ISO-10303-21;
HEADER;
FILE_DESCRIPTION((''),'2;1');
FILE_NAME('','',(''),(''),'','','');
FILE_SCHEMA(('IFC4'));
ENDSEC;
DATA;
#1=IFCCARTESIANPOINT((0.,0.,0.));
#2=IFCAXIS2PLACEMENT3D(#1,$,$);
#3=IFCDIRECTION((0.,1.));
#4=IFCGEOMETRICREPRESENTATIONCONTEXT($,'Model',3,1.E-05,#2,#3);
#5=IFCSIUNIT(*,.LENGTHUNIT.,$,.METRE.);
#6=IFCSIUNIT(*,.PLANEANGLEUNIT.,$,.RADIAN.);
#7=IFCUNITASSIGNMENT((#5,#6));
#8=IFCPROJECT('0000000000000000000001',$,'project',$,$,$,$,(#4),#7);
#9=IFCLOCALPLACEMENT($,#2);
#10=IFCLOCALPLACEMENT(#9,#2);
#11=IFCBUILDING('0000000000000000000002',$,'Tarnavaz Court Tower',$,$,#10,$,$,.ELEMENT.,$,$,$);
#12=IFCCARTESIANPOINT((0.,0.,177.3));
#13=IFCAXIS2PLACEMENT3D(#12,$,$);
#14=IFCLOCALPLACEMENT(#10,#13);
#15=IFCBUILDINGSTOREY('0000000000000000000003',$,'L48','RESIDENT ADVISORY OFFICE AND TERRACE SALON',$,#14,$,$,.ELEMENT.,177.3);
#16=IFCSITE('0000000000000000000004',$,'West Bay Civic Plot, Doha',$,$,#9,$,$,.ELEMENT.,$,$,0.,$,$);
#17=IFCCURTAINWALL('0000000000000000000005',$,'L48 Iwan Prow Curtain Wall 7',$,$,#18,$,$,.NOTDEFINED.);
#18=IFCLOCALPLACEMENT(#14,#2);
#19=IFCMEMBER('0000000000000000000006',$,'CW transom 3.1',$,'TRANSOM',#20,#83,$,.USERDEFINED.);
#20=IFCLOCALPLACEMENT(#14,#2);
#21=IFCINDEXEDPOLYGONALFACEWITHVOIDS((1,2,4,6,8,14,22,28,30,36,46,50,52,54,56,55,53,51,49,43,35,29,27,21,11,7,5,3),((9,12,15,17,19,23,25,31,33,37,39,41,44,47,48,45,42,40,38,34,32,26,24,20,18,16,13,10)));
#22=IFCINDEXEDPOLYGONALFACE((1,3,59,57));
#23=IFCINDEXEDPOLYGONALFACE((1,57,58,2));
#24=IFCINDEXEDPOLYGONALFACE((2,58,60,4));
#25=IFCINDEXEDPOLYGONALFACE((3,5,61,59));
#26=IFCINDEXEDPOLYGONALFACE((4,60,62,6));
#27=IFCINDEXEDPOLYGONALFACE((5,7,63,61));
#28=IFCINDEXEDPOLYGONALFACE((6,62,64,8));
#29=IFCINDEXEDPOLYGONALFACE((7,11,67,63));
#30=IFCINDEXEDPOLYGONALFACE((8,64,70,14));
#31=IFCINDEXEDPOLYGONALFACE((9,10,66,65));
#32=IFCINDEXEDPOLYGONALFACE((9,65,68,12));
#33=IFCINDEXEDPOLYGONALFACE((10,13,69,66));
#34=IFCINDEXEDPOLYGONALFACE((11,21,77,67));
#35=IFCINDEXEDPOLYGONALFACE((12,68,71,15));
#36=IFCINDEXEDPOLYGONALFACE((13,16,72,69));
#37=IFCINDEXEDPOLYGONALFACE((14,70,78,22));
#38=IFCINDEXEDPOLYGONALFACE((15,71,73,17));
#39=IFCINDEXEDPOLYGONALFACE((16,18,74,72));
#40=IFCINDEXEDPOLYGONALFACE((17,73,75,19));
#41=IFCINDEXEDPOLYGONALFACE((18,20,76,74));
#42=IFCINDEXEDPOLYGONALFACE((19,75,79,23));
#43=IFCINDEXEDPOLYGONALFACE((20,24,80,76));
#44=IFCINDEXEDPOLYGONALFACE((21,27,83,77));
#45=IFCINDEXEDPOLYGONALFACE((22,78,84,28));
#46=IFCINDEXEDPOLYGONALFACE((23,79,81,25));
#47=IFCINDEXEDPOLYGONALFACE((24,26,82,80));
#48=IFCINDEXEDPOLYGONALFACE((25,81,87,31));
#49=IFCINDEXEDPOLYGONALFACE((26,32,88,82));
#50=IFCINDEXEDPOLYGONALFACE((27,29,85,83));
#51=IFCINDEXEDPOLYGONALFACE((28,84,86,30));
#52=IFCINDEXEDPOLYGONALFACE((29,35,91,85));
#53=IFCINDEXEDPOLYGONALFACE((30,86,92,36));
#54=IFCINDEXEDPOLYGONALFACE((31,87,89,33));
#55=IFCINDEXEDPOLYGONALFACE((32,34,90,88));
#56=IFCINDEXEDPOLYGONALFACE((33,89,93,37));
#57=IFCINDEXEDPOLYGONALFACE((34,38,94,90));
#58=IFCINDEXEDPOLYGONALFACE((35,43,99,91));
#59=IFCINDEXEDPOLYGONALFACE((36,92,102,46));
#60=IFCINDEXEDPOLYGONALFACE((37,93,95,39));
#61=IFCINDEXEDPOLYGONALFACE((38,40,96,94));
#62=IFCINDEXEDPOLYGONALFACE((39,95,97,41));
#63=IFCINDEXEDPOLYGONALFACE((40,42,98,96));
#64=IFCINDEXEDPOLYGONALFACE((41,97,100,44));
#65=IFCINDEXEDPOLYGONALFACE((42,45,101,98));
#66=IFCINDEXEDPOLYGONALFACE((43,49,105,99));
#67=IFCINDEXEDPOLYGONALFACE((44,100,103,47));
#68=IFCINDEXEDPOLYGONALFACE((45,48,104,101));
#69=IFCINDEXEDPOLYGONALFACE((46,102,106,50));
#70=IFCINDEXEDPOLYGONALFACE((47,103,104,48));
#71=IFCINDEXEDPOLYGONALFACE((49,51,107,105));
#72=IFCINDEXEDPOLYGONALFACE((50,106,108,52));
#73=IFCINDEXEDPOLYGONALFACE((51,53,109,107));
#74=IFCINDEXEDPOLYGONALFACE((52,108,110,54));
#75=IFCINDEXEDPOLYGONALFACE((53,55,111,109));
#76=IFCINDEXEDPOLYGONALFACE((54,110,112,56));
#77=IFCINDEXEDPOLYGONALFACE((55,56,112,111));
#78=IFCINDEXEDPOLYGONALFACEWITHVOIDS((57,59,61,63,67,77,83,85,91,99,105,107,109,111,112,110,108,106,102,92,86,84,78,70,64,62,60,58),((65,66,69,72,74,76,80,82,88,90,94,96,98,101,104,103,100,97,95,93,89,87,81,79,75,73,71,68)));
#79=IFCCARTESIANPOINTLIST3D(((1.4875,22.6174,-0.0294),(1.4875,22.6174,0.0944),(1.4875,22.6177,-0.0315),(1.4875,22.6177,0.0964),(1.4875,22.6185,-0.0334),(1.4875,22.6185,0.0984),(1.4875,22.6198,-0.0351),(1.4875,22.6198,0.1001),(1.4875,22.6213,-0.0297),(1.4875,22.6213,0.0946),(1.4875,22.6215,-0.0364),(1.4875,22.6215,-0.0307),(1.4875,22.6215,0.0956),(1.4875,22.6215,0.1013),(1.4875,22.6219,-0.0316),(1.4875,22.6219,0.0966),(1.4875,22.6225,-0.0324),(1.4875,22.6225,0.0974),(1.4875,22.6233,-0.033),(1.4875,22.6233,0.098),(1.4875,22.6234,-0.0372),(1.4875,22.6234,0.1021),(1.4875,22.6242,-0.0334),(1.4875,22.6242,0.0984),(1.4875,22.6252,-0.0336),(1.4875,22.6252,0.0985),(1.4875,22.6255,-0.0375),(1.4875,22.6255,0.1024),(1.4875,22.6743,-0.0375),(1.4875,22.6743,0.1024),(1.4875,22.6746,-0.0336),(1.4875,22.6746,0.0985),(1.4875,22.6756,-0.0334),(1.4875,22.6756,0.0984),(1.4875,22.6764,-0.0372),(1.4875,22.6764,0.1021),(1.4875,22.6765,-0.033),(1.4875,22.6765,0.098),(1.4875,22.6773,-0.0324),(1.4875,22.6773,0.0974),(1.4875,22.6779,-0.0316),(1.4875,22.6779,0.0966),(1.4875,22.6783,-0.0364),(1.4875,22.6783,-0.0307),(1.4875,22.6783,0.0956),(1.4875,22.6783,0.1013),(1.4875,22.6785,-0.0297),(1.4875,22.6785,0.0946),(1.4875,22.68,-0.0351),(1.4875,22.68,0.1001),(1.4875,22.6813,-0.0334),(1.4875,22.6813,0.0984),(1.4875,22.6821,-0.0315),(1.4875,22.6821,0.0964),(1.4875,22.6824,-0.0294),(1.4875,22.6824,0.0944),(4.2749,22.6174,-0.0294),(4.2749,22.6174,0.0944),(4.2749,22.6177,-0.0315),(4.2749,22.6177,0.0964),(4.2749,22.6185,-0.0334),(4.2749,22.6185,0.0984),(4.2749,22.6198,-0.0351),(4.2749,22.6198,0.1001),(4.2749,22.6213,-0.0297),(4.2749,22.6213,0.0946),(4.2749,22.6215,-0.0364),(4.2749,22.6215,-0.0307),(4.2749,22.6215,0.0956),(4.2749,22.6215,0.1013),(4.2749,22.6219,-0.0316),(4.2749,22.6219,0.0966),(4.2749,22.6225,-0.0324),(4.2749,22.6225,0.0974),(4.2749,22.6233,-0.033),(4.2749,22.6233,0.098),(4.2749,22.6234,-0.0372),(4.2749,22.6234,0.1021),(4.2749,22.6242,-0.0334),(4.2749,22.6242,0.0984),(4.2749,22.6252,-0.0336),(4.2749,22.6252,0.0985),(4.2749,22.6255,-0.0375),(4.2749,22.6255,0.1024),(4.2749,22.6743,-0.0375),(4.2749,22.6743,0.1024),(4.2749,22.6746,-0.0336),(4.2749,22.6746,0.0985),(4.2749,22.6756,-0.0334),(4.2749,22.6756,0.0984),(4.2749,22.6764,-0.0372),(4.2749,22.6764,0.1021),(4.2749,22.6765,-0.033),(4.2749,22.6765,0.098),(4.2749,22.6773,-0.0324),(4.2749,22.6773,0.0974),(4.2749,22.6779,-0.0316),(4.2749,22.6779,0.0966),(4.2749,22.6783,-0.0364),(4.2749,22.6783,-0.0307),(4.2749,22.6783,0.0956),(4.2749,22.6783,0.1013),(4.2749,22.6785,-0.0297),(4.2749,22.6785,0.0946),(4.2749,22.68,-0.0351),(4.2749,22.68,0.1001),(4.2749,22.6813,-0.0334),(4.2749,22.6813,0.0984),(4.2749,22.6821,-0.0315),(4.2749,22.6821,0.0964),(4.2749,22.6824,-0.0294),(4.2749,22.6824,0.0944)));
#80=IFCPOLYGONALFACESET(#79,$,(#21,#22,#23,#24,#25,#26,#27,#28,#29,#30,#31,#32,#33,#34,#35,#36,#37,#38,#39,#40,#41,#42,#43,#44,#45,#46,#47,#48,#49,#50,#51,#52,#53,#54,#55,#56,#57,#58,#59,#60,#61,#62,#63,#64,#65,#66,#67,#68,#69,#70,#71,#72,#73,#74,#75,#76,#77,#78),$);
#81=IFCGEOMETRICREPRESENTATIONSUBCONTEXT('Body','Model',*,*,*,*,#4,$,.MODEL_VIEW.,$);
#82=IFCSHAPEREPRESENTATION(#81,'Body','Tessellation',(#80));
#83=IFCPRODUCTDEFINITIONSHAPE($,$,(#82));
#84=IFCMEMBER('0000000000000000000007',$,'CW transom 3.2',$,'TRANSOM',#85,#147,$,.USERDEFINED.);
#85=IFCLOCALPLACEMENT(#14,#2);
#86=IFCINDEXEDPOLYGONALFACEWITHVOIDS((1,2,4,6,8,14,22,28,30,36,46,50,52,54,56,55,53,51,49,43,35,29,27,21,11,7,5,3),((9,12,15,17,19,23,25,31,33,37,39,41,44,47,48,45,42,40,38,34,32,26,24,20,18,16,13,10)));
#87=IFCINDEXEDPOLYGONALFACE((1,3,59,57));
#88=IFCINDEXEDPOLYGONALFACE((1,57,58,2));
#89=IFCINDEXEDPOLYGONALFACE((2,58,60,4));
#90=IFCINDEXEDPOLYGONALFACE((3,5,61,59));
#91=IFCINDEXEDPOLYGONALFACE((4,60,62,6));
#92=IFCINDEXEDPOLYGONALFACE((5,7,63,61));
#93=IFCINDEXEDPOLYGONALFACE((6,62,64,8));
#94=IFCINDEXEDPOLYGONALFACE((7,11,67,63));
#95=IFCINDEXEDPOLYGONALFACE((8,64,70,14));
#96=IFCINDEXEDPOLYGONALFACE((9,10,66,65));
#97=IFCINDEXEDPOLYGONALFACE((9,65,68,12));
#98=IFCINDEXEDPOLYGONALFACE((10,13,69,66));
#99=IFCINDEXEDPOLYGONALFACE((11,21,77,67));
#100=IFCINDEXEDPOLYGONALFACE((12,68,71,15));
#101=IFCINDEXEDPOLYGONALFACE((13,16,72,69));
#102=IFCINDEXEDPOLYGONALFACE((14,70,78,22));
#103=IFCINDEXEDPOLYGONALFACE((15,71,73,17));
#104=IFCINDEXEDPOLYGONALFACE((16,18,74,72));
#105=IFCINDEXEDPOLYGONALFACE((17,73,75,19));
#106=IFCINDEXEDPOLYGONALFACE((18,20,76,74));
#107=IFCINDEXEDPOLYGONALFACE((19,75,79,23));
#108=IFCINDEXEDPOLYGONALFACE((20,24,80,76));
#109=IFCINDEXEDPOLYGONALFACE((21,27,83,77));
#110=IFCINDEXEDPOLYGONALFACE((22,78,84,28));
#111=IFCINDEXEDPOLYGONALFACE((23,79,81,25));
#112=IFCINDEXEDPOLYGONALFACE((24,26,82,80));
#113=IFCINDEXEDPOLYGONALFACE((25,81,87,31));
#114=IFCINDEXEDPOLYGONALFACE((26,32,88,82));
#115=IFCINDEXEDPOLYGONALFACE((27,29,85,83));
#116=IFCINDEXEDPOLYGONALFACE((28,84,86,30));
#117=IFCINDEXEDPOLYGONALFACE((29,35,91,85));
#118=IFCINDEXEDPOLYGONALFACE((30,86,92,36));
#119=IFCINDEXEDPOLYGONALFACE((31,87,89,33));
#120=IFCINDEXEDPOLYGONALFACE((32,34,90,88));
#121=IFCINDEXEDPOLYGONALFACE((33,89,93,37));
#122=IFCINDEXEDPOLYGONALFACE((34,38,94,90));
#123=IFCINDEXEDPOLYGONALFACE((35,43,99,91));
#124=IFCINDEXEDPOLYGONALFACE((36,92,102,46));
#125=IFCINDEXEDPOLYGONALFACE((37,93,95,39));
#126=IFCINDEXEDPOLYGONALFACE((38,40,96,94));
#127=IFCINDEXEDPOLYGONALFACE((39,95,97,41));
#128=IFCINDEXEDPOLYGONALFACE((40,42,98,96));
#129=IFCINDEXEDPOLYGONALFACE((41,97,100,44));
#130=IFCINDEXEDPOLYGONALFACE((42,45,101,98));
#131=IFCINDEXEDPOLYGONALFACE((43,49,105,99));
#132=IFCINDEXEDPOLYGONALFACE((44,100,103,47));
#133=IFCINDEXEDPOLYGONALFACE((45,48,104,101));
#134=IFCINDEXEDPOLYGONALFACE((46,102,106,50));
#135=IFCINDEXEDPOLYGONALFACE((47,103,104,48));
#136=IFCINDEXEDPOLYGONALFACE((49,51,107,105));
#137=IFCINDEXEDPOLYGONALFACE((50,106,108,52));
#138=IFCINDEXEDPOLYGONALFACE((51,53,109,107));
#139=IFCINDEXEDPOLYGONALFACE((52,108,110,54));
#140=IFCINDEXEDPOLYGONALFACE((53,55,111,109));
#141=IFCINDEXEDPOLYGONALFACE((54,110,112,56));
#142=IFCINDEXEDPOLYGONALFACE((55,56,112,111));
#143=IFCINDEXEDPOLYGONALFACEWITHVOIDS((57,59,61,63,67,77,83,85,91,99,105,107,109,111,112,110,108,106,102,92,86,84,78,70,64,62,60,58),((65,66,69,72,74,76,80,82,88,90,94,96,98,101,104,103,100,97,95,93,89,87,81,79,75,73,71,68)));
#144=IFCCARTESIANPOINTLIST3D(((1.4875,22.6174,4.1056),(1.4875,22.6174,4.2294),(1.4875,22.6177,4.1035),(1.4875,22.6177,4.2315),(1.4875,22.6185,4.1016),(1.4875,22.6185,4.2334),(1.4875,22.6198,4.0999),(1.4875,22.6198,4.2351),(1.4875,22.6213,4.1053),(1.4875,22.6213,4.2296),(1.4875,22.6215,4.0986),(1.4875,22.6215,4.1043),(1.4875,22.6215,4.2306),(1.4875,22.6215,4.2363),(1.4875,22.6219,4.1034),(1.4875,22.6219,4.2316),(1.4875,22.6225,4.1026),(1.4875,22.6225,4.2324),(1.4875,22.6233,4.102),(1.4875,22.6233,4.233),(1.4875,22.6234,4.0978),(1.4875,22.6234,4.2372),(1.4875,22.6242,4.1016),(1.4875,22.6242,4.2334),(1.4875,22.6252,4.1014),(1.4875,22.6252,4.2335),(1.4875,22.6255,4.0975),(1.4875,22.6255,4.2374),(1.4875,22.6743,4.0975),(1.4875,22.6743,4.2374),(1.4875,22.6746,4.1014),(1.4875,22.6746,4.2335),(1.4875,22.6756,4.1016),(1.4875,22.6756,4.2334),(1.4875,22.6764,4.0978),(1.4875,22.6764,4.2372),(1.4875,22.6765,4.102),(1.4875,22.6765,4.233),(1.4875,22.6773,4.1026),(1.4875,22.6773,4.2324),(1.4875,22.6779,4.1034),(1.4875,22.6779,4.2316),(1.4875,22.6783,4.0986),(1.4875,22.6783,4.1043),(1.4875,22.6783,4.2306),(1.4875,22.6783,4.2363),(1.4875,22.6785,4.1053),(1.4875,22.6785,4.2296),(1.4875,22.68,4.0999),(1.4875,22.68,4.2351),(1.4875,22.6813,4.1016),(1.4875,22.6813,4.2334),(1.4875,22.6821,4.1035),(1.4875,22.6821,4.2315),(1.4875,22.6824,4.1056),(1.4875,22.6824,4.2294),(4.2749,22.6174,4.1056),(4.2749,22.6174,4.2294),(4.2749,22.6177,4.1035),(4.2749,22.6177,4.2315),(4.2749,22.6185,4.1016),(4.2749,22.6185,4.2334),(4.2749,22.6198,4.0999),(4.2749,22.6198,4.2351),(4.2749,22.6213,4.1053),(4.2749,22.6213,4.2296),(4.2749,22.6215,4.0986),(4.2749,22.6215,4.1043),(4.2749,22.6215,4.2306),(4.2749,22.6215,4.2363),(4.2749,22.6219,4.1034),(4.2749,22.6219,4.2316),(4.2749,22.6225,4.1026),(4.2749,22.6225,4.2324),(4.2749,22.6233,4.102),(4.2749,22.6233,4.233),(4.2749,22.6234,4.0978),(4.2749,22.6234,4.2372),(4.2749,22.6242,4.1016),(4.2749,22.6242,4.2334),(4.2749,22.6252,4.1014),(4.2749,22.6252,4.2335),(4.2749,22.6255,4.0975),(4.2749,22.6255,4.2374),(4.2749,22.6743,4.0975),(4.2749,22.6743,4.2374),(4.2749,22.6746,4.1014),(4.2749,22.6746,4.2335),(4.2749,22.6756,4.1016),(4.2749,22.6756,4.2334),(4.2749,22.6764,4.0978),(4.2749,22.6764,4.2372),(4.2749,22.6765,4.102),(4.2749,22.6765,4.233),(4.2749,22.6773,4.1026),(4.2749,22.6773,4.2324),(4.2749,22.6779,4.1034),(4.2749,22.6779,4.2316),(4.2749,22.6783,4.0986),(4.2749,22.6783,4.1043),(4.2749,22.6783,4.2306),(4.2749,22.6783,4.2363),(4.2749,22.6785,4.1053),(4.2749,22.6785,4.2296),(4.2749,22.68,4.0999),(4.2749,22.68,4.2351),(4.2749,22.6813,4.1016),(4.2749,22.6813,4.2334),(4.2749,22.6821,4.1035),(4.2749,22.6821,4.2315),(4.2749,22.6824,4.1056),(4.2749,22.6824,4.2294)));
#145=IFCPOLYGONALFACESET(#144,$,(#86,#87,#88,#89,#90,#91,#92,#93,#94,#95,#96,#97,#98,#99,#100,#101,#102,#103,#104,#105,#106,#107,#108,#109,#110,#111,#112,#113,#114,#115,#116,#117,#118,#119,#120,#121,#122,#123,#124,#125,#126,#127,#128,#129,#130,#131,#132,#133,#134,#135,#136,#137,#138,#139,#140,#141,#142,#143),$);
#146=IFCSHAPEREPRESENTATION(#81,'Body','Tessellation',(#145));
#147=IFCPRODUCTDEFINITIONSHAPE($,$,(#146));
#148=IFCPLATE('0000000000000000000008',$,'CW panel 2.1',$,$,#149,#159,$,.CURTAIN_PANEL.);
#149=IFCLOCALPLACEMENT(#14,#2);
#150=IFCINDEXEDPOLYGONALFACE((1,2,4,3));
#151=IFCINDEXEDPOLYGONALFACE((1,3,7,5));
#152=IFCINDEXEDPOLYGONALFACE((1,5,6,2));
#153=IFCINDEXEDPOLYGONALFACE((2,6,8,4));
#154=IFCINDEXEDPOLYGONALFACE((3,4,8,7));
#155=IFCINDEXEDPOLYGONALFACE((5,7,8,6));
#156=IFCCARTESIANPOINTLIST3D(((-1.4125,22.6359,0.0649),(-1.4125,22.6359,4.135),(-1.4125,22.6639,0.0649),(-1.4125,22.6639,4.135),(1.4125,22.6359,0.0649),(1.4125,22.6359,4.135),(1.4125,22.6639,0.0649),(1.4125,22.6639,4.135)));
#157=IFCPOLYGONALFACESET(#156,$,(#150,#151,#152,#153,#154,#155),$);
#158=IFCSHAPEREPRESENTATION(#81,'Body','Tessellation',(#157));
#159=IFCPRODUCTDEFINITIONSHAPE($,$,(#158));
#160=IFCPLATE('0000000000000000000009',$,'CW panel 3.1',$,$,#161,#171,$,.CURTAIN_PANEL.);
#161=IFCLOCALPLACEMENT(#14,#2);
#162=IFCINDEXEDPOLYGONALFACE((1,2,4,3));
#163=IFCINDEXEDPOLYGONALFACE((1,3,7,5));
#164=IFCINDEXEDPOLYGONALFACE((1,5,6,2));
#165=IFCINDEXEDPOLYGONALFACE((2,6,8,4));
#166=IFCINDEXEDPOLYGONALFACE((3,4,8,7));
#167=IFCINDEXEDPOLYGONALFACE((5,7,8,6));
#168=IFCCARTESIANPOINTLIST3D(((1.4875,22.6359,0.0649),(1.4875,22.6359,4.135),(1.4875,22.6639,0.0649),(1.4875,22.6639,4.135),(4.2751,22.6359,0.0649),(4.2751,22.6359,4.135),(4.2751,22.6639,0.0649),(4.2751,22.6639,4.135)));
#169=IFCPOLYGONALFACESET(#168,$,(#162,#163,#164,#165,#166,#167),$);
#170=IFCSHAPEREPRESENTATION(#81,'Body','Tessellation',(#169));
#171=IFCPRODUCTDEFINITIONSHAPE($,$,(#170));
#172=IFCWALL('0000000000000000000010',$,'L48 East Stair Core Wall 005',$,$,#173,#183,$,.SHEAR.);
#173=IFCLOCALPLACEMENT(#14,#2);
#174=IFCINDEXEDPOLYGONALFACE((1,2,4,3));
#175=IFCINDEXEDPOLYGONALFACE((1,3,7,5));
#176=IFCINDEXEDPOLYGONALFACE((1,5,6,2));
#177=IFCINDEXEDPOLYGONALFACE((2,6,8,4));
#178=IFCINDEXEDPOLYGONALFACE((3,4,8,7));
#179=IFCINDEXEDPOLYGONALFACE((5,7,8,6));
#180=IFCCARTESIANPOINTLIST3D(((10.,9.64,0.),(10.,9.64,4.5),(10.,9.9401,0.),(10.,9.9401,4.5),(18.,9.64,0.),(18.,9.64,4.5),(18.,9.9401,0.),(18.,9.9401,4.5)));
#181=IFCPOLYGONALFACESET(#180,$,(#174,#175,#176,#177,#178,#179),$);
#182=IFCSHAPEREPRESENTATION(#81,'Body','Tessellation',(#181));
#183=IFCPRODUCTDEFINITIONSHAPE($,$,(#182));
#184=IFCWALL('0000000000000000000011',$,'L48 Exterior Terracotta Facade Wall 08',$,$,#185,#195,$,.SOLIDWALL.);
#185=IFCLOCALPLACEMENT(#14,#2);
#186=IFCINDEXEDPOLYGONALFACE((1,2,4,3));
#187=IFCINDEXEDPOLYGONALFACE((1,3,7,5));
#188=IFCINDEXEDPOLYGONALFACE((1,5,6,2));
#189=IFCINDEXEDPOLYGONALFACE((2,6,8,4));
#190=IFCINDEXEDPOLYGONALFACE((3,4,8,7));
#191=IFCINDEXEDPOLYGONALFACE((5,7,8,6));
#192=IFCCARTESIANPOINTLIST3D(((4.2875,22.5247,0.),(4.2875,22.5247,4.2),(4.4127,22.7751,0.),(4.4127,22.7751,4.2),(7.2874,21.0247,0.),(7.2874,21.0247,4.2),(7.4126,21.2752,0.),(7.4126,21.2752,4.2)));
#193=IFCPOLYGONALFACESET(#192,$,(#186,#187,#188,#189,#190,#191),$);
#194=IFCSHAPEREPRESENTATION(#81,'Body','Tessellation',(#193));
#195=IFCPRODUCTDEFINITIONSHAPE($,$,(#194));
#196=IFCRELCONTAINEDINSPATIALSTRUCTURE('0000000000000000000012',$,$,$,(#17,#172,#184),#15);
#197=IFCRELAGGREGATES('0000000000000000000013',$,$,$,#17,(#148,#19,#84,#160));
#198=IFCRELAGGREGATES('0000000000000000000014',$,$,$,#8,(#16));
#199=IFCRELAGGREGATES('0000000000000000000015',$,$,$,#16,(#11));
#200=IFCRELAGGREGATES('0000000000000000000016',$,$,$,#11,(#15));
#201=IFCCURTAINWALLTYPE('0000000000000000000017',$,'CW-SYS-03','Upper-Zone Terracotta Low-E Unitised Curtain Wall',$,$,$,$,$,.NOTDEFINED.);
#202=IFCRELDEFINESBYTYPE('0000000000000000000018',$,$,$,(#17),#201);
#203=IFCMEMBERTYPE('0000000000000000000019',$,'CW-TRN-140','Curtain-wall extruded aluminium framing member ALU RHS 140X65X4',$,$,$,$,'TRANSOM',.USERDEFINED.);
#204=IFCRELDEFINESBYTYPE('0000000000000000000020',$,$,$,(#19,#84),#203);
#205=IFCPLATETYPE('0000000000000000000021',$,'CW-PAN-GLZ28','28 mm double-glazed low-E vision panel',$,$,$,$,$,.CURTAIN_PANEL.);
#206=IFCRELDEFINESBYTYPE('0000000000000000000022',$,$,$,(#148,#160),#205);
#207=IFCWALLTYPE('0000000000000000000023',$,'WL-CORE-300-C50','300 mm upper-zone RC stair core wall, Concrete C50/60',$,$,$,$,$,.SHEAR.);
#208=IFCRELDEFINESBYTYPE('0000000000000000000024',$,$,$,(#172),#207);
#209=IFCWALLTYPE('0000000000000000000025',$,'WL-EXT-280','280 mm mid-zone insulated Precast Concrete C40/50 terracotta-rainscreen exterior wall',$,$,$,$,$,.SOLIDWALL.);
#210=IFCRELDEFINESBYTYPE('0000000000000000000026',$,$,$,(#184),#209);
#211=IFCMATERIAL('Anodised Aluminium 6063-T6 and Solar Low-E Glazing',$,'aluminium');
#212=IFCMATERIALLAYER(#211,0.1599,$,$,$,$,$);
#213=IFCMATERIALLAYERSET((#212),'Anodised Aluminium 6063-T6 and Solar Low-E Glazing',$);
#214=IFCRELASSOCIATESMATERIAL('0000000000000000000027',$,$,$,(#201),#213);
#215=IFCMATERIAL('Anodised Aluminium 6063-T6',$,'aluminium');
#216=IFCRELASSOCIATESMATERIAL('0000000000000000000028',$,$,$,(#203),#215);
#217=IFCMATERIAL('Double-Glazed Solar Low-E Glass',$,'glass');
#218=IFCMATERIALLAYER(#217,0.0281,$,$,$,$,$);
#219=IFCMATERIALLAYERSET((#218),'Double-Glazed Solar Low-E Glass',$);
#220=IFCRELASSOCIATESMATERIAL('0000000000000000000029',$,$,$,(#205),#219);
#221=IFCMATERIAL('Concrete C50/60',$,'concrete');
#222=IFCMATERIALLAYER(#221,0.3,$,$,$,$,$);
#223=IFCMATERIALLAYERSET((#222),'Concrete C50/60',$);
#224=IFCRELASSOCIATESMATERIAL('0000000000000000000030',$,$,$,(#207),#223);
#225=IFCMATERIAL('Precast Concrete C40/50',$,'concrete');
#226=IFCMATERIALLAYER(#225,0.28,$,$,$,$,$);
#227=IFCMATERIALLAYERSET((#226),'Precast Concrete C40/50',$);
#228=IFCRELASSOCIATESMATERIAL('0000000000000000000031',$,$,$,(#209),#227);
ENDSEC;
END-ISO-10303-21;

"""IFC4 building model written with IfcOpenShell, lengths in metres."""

from ifc_helpers import new_model, si_unit, direction, frame, frame_2d, origin, origin_2d, place, context, subcontext, project, spatial, rectangle, hollow_rectangle, extrude, material, layer, layer_set, material_profile, profile_set, type_object, element, aggregate, save


model = new_model("IFC4")

# Units and contexts
model_context = context("Model", 3, precision=1e-05, world=origin(), true_north=direction((0.0, 1.0)))
body_context = subcontext(model_context, "Body", "Model", "MODEL_VIEW")
ifc_project = project(units=[si_unit("LENGTHUNIT", "METRE"), si_unit("PLANEANGLEUNIT", "RADIAN")], contexts=[model_context])

# Site, building, storey
site_placement = place(None, origin())
site = spatial("IfcSite", under=ifc_project, at=site_placement, Name="West Bay Civic Plot, Doha", CompositionType="ELEMENT", RefElevation=0.0)
building_placement = place(site_placement, origin())
building = spatial("IfcBuilding", under=site, at=building_placement, Name="Tarnavaz Court Tower", CompositionType="ELEMENT")
storey_placement = place(building_placement, frame((0.0, 0.0, 177.3)))
storey = spatial("IfcBuildingStorey", under=building, at=storey_placement, Name="L48", Description="RESIDENT ADVISORY OFFICE AND TERRACE SALON", CompositionType="ELEMENT", Elevation=177.3)

# Curtain wall, members, plates
ifc_material_1 = material(Name="Anodised Aluminium 6063-T6 and Solar Low-E Glazing", Category="aluminium")
ifc_layer_1 = layer(ifc_material_1, 0.1599)
ifc_layer_set_1 = layer_set([ifc_layer_1], Name="Anodised Aluminium 6063-T6 and Solar Low-E Glazing")
curtain_wall_type = type_object("IfcCurtainWallType", Name="CW-SYS-03", Description="Upper-Zone Terracotta Low-E Unitised Curtain Wall", PredefinedType="NOTDEFINED", material=ifc_layer_set_1)
curtain_wall_placement = place(storey_placement, origin())
curtain_wall = element("IfcCurtainWall", 1, at=curtain_wall_placement, inside=storey, type_object=curtain_wall_type, Name="L48 Iwan Prow Curtain Wall 7", PredefinedType="NOTDEFINED")
ifc_material_2 = material(Name="Anodised Aluminium 6063-T6", Category="aluminium")
ifc_material_profile_1 = material_profile(ifc_material_2, hollow_rectangle(XDim=0.0649, YDim=0.1399, WallThickness=0.0039, InnerFilletRadius=0.0039, OuterFilletRadius=0.0081, at=origin_2d()), Name="ALU RHS 140X65X4")
ifc_profile_set_1 = profile_set([ifc_material_profile_1], Name="Anodised Aluminium 6063-T6")
member_type_1 = type_object("IfcMemberType", Name="CW-TRN-140", Description="Curtain-wall extruded aluminium framing member ALU RHS 140X65X4", ElementType="TRANSOM", PredefinedType="USERDEFINED", material=ifc_profile_set_1)
member_1_placement = place(storey_placement, frame((1.4875, 22.6499, 0.0325), z_axis=(1.0, 0.0, 0.0), x_axis=(0.0, 1.0, 0.0)))
member_1 = element("IfcMember", 2, at=member_1_placement, type_object=member_type_1, Name="CW transom 3.1", ObjectType="TRANSOM", PredefinedType="USERDEFINED", context=body_context, shape_type="SweptSolid", body=[
    extrude(hollow_rectangle(XDim=0.0649, YDim=0.1399, WallThickness=0.0039, InnerFilletRadius=0.0039, OuterFilletRadius=0.0081, at=origin_2d()), origin(), (0.0, 0.0, 1.0), 2.7874),
])
member_2_placement = place(storey_placement, frame((1.4875, 22.6499, 4.1675), z_axis=(1.0, 0.0, 0.0), x_axis=(0.0, 1.0, 0.0)))
member_2 = element("IfcMember", 3, at=member_2_placement, type_object=member_type_1, Name="CW transom 3.2", ObjectType="TRANSOM", PredefinedType="USERDEFINED", context=body_context, shape_type="SweptSolid", body=[
    extrude(hollow_rectangle(XDim=0.0649, YDim=0.1399, WallThickness=0.0039, InnerFilletRadius=0.0039, OuterFilletRadius=0.0081, at=origin_2d()), origin(), (0.0, 0.0, 1.0), 2.7874),
])
ifc_material_3 = material(Name="Double-Glazed Solar Low-E Glass", Category="glass")
ifc_layer_2 = layer(ifc_material_3, 0.0281)
ifc_layer_set_2 = layer_set([ifc_layer_2], Name="Double-Glazed Solar Low-E Glass")
plate_type = type_object("IfcPlateType", Name="CW-PAN-GLZ28", Description="28 mm double-glazed low-E vision panel", PredefinedType="CURTAIN_PANEL", material=ifc_layer_set_2)
plate_1_placement = place(storey_placement, frame((0.0, 22.6499, 0.0649), z_axis=(0.0, 0.0, 1.0), x_axis=(1.0, 0.0, 0.0)))
plate_1 = element("IfcPlate", 4, at=plate_1_placement, type_object=plate_type, Name="CW panel 2.1", PredefinedType="CURTAIN_PANEL", context=body_context, shape_type="SweptSolid", body=[
    extrude(rectangle(XDim=2.825, YDim=0.0281, at=origin_2d()), origin(), (0.0, 0.0, 1.0), 4.0701),
])
plate_2_placement = place(storey_placement, frame((2.8813, 22.6499, 0.0649), z_axis=(0.0, 0.0, 1.0), x_axis=(1.0, 0.0, 0.0)))
plate_2 = element("IfcPlate", 5, at=plate_2_placement, type_object=plate_type, Name="CW panel 3.1", PredefinedType="CURTAIN_PANEL", context=body_context, shape_type="SweptSolid", body=[
    extrude(rectangle(XDim=2.7876, YDim=0.0281, at=origin_2d()), origin(), (0.0, 0.0, 1.0), 4.0701),
])
aggregate(curtain_wall, [plate_1, member_1, member_2, plate_2])

# Walls
ifc_material_4 = material(Name="Concrete C50/60", Category="concrete")
ifc_layer_3 = layer(ifc_material_4, 0.3)
ifc_layer_set_3 = layer_set([ifc_layer_3], Name="Concrete C50/60")
wall_type_1 = type_object("IfcWallType", Name="WL-CORE-300-C50", Description="300 mm upper-zone RC stair core wall, Concrete C50/60", PredefinedType="SHEAR", material=ifc_layer_set_3)
wall_1_placement = place(storey_placement, frame((10.0, 9.79, 0.0), z_axis=(0.0, 0.0, 1.0), x_axis=(1.0, 0.0, 0.0)))
element("IfcWall", 6, at=wall_1_placement, inside=storey, type_object=wall_type_1, Name="L48 East Stair Core Wall 005", PredefinedType="SHEAR", context=body_context, shape_type="SweptSolid", body=[
    extrude(rectangle(XDim=8.0, YDim=0.3, at=frame_2d((4.0, 0.0))), origin(), (0.0, 0.0, 1.0), 4.5),
])
ifc_material_5 = material(Name="Precast Concrete C40/50", Category="concrete")
ifc_layer_4 = layer(ifc_material_5, 0.28)
ifc_layer_set_4 = layer_set([ifc_layer_4], Name="Precast Concrete C40/50")
wall_type_2 = type_object("IfcWallType", Name="WL-EXT-280", Description="280 mm mid-zone insulated Precast Concrete C40/50 terracotta-rainscreen exterior wall", PredefinedType="SOLIDWALL", material=ifc_layer_set_4)
wall_2_placement = place(storey_placement, frame((4.3501, 22.6499, 0.0), z_axis=(0.0, 0.0, 1.0), x_axis=(0.894427, -0.447214, 0.0)))
element("IfcWall", 7, at=wall_2_placement, inside=storey, type_object=wall_type_2, Name="L48 Exterior Terracotta Facade Wall 08", PredefinedType="SOLIDWALL", context=body_context, shape_type="SweptSolid", body=[
    extrude(rectangle(XDim=3.354, YDim=0.28, at=frame_2d((1.677, 0.0))), origin(), (0.0, 0.0, 1.0), 4.2),
])

save(model, "model.ifc")
